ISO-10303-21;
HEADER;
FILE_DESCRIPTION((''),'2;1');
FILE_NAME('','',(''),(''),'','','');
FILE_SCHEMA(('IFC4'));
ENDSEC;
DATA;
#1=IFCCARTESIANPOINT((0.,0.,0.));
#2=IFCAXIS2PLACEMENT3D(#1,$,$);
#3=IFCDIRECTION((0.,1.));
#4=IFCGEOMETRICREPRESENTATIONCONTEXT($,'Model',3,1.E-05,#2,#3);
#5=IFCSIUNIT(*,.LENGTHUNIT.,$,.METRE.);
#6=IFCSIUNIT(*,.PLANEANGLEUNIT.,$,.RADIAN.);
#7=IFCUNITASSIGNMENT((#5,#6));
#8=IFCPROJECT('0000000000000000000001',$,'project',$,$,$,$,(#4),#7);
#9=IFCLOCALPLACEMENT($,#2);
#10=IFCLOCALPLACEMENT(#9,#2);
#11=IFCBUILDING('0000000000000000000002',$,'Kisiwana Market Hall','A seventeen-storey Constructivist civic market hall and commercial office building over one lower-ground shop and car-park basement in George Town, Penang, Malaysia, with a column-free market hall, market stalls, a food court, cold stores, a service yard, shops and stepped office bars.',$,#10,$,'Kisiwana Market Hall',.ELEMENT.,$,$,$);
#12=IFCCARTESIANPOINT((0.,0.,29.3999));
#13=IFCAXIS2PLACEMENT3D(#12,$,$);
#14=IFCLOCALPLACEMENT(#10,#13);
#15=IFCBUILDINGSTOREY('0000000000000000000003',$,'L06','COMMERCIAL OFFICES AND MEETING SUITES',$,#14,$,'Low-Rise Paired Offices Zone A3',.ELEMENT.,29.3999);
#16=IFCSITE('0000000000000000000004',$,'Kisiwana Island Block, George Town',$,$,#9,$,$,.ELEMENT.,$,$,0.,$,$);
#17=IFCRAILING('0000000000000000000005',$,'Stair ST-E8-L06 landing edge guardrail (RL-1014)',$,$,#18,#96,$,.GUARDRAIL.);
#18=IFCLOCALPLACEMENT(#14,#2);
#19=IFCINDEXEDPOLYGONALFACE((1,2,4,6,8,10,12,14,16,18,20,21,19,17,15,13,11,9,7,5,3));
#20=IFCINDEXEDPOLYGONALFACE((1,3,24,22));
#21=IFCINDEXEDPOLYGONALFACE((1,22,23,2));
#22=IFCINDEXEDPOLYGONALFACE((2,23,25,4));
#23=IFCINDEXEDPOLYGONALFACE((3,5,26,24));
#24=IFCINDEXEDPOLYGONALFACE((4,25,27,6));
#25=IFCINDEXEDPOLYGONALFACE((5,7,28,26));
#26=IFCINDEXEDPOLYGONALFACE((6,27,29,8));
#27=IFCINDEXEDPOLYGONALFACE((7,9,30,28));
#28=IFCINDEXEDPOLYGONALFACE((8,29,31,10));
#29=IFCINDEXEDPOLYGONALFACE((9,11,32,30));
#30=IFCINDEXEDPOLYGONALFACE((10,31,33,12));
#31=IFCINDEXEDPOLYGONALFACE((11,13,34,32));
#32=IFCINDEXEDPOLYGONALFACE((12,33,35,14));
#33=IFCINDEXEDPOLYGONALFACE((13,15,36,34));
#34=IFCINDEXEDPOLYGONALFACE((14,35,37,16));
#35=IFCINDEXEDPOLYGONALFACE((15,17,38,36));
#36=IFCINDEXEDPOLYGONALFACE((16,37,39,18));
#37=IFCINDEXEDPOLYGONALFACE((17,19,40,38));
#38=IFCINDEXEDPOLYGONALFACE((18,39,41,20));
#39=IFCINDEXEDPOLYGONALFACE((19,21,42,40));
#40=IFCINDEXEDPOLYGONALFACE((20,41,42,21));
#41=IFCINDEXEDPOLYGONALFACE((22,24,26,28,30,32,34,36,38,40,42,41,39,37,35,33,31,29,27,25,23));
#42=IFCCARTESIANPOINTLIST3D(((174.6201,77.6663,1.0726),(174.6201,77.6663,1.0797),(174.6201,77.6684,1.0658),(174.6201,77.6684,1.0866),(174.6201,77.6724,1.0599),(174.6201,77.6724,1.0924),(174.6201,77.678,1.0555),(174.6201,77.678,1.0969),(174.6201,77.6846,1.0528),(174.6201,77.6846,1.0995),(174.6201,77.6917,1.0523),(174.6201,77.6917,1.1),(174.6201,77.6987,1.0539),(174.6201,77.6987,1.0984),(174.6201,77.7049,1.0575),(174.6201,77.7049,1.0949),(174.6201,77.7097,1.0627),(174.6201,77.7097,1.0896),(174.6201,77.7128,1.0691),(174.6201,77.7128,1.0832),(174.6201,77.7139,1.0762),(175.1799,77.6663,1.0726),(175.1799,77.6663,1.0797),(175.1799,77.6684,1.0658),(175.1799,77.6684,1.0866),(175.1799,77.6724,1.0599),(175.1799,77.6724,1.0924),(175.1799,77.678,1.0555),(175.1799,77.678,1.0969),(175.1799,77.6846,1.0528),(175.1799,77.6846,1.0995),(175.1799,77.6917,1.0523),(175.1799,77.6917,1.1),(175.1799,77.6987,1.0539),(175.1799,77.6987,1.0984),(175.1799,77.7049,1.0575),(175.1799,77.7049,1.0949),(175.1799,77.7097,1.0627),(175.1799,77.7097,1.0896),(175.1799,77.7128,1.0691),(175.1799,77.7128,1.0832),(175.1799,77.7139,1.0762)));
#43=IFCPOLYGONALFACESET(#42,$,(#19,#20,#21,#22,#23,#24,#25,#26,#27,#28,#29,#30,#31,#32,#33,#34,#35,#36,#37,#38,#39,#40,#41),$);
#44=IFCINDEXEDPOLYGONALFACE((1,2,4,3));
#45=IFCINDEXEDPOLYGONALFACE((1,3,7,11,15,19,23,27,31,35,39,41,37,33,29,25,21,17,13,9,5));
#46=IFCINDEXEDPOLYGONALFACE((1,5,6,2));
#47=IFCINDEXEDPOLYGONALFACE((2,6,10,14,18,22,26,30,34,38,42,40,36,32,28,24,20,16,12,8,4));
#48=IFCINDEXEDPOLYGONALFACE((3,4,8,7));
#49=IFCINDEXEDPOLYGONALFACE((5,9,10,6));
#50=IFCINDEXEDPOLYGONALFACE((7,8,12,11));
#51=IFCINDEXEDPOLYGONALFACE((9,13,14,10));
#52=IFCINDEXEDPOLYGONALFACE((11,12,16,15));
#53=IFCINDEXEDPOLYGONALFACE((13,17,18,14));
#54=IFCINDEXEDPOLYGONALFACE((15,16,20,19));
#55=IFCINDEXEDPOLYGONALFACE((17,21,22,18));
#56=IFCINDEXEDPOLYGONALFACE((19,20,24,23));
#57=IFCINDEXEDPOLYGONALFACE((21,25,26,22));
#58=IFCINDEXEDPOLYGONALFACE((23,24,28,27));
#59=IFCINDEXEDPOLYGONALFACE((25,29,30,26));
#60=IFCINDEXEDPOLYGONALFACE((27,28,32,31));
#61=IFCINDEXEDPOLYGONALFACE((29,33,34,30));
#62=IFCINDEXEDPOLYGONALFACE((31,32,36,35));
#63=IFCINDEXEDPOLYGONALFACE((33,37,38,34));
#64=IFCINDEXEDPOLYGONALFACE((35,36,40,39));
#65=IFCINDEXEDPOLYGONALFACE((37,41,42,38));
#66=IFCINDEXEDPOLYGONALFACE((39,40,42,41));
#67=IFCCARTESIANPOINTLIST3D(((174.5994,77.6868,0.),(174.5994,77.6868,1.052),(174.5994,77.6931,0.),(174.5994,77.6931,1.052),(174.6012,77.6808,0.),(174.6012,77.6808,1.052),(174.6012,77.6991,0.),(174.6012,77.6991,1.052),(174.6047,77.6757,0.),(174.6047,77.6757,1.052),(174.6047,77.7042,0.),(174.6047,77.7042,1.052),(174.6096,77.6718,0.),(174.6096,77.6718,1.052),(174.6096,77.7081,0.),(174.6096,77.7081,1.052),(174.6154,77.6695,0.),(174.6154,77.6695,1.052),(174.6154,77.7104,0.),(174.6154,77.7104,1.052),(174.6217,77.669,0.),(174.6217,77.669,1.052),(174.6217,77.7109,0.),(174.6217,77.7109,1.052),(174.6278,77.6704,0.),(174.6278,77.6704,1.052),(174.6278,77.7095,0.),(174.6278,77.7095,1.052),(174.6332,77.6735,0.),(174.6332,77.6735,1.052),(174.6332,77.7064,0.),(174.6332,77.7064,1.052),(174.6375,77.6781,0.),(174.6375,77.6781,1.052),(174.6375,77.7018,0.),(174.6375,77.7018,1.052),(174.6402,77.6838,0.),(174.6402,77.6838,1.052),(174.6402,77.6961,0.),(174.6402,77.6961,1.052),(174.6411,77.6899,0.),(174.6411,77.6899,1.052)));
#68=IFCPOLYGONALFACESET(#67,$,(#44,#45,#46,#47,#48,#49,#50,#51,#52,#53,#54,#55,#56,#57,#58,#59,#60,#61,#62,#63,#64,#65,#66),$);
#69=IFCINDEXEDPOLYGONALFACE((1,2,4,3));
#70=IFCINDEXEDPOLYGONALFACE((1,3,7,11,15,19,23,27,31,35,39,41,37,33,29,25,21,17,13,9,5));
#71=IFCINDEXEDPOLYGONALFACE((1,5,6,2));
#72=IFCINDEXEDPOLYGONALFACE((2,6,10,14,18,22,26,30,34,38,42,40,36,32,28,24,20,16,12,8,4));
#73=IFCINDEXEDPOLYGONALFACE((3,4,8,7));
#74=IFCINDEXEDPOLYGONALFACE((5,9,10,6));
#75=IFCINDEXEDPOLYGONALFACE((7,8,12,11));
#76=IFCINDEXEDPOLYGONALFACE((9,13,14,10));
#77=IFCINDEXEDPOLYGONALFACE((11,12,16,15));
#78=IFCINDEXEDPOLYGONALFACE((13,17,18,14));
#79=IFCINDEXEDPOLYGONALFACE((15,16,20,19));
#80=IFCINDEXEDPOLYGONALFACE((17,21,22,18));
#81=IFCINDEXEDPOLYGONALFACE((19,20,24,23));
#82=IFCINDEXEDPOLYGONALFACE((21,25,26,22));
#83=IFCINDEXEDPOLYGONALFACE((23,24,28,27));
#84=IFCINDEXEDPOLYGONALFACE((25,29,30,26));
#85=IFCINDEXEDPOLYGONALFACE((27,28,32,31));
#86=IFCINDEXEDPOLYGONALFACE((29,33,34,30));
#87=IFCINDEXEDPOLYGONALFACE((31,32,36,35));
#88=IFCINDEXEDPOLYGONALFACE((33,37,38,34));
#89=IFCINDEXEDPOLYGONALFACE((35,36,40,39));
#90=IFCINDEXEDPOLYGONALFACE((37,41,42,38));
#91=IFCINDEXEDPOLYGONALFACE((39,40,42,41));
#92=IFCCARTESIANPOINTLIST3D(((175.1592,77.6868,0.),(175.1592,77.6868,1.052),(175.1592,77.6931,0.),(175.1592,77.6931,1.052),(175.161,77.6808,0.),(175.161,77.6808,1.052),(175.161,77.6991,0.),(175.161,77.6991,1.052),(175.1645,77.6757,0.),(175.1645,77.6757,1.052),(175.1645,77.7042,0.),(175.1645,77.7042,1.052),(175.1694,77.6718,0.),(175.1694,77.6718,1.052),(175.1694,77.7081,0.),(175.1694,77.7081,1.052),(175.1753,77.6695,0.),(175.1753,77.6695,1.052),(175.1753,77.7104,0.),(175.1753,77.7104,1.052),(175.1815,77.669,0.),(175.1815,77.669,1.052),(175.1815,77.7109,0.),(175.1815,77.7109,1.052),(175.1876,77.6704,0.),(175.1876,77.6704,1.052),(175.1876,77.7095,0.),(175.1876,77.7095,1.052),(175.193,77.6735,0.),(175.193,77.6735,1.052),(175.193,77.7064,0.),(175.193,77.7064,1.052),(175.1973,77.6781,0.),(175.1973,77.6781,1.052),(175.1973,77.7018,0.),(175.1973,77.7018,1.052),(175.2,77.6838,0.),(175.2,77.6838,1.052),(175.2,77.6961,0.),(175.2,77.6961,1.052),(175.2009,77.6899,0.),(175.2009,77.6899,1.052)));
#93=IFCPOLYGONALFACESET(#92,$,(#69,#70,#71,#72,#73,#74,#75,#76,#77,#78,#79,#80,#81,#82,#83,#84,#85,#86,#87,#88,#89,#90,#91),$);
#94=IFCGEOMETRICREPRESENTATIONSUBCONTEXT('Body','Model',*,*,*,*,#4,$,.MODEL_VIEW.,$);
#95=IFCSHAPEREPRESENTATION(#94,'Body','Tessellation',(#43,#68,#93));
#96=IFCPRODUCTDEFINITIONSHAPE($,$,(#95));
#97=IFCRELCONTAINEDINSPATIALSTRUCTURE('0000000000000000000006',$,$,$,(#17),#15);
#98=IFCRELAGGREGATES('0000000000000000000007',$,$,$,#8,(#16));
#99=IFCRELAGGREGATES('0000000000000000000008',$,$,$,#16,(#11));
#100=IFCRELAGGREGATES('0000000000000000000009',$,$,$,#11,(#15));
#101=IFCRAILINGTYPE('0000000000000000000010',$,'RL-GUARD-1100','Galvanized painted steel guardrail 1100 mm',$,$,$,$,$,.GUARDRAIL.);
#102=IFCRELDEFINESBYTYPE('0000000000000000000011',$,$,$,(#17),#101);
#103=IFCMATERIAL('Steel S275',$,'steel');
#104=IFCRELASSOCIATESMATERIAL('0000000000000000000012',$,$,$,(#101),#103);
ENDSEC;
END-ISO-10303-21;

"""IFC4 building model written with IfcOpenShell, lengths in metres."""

from ifc_helpers import new_model, si_unit, direction, frame, origin, origin_2d, place, context, subcontext, project, spatial, circle, extrude, material, type_object, element, save


model = new_model("IFC4")

# Units and contexts
model_context = context("Model", 3, precision=1e-05, world=origin(), true_north=direction((0.0, 1.0)))
body_context = subcontext(model_context, "Body", "Model", "MODEL_VIEW")
ifc_project = project(units=[si_unit("LENGTHUNIT", "METRE"), si_unit("PLANEANGLEUNIT", "RADIAN")], contexts=[model_context])

# Site, building, storey
site_placement = place(None, origin())
site = spatial("IfcSite", under=ifc_project, at=site_placement, Name="Kisiwana Island Block, George Town", CompositionType="ELEMENT", RefElevation=0.0)
building_placement = place(site_placement, origin())
building = spatial("IfcBuilding", under=site, at=building_placement, Name="Kisiwana Market Hall", Description="A seventeen-storey Constructivist civic market hall and commercial office building over one lower-ground shop and car-park basement in George Town, Penang, Malaysia, with a column-free market hall, market stalls, a food court, cold stores, a service yard, shops and stepped office bars.", LongName="Kisiwana Market Hall", CompositionType="ELEMENT")
storey_placement = place(building_placement, frame((0.0, 0.0, 29.3999)))
storey = spatial("IfcBuildingStorey", under=building, at=storey_placement, Name="L06", Description="COMMERCIAL OFFICES AND MEETING SUITES", LongName="Low-Rise Paired Offices Zone A3", CompositionType="ELEMENT", Elevation=29.3999)

# Railing
ifc_material_1 = material(Name="Steel S275", Category="steel")
railing_type_1 = type_object("IfcRailingType", Name="RL-GUARD-1100", Description="Galvanized painted steel guardrail 1100 mm", PredefinedType="GUARDRAIL", material=ifc_material_1)
railing_1_placement = place(storey_placement, frame((174.6201, 77.6899, 0.0)))
element("IfcRailing", 1, at=railing_1_placement, inside=storey, type_object=railing_type_1, Name="Stair ST-E8-L06 landing edge guardrail (RL-1014)", PredefinedType="GUARDRAIL", context=body_context, shape_type="SweptSolid", body=[
    extrude(circle(Radius=0.0239, at=origin_2d()), frame((0.0, 0.0, 1.0762), z_axis=(1.0, 0.0, 0.0), x_axis=(0.0, 1.0, 0.0)), (0.0, 0.0, 1.0), 0.5598),
    extrude(circle(Radius=0.021, at=origin_2d()), origin(), (0.0, 0.0, 1.0), 1.052),
    extrude(circle(Radius=0.021, at=origin_2d()), frame((0.5598, 0.0, 0.0)), (0.0, 0.0, 1.0), 1.052),
])

save(model, "model.ifc")
